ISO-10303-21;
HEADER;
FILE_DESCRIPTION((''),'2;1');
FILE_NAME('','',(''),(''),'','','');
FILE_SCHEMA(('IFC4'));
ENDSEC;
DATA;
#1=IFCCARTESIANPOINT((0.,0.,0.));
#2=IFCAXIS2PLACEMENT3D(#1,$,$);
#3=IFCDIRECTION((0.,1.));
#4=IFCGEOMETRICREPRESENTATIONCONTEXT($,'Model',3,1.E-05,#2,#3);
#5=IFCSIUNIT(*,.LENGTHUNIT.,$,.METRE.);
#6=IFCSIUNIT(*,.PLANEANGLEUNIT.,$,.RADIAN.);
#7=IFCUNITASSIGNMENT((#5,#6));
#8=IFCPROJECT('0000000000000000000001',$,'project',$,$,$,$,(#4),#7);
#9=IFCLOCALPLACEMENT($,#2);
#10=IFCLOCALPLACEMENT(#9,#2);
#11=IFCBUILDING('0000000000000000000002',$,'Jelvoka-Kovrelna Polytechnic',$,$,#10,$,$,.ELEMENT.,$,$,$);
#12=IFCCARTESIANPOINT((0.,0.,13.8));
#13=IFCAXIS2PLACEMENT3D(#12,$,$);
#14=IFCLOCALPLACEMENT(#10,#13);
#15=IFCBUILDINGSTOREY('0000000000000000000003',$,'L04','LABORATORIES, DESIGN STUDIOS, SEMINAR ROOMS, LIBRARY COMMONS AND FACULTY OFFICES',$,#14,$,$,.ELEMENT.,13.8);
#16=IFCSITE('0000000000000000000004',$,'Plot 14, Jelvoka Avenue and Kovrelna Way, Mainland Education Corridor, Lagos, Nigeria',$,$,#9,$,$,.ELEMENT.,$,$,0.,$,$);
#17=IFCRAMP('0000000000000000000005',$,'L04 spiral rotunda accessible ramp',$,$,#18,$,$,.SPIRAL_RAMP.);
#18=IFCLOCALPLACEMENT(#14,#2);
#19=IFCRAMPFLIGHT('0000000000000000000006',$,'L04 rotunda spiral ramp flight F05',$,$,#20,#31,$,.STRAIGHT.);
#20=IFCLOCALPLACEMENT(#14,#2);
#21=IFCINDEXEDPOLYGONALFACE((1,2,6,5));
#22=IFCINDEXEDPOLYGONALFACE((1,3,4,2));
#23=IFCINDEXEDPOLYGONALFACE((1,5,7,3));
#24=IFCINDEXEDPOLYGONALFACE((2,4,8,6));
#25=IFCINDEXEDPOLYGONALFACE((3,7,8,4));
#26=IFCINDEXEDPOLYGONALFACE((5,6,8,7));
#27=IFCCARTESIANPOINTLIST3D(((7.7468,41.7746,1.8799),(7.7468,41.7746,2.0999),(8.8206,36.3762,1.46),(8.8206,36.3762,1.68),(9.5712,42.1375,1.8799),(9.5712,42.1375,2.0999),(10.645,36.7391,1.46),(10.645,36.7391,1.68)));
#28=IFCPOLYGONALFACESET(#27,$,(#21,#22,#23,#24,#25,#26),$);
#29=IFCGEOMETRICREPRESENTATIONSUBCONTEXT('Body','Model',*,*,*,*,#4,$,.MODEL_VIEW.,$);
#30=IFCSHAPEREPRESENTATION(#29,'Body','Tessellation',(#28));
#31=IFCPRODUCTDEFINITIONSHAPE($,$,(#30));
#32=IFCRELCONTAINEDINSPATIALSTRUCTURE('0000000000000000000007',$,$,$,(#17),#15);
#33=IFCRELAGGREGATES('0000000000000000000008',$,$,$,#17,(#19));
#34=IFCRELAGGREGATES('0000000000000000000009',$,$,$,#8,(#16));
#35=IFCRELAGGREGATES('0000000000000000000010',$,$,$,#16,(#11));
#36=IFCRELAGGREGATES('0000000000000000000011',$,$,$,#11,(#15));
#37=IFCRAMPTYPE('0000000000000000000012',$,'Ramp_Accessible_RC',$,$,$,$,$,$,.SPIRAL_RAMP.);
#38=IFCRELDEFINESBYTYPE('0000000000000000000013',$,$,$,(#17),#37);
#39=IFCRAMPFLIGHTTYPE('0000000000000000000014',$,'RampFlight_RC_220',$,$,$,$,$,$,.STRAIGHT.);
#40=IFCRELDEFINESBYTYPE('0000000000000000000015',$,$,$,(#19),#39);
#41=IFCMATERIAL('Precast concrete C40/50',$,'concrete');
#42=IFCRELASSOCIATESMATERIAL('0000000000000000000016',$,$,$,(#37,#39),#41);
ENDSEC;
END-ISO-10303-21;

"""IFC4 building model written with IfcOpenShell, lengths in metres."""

from ifc_helpers import new_model, si_unit, direction, frame, origin, place, context, subcontext, project, spatial, polyline, outline, extrude, material, type_object, element, aggregate, save


model = new_model("IFC4")

# Units and contexts
model_context = context("Model", 3, precision=1e-05, world=origin(), true_north=direction((0.0, 1.0)))
body_context = subcontext(model_context, "Body", "Model", "MODEL_VIEW")
ifc_project = project(units=[si_unit("LENGTHUNIT", "METRE"), si_unit("PLANEANGLEUNIT", "RADIAN")], contexts=[model_context])

# Site, building, storey
site_placement = place(None, origin())
site = spatial("IfcSite", under=ifc_project, at=site_placement, Name="Plot 14, Jelvoka Avenue and Kovrelna Way, Mainland Education Corridor, Lagos, Nigeria", CompositionType="ELEMENT", RefElevation=0.0)
building_placement = place(site_placement, origin())
building = spatial("IfcBuilding", under=site, at=building_placement, Name="Jelvoka-Kovrelna Polytechnic", CompositionType="ELEMENT")
storey_placement = place(building_placement, frame((0.0, 0.0, 13.8)))
storey = spatial("IfcBuildingStorey", under=building, at=storey_placement, Name="L04", Description="LABORATORIES, DESIGN STUDIOS, SEMINAR ROOMS, LIBRARY COMMONS AND FACULTY OFFICES", CompositionType="ELEMENT", Elevation=13.8)

# Ramp, ramp flight
ifc_material_1 = material(Name="Precast concrete C40/50", Category="concrete")
ramp_type = type_object("IfcRampType", Name="Ramp_Accessible_RC", PredefinedType="SPIRAL_RAMP", material=ifc_material_1)
ramp_placement = place(storey_placement, origin())
ramp = element("IfcRamp", 1, at=ramp_placement, inside=storey, type_object=ramp_type, Name="L04 spiral rotunda accessible ramp", PredefinedType="SPIRAL_RAMP")
ramp_flight_type = type_object("IfcRampFlightType", Name="RampFlight_RC_220", PredefinedType="STRAIGHT", material=ifc_material_1)
ramp_flight_placement = place(None, frame((9.7327, 36.5576, 15.48), z_axis=(0.0, 0.0, 1.0), x_axis=(-0.195092, 0.980785, 0.0)))
ramp_flight = element("IfcRampFlight", 2, at=ramp_flight_placement, type_object=ramp_flight_type, Name="L04 rotunda spiral ramp flight F05", PredefinedType="STRAIGHT", context=body_context, shape_type="SweptSolid", body=[
    extrude(outline(polyline([(0.0, 0.0), (5.5042, 0.4199), (5.5042, 0.2), (0.0, -0.22), (0.0, 0.0)])), frame((0.0, 0.9299, 0.0), z_axis=(0.0, -1.0, 0.0), x_axis=(1.0, 0.0, 0.0)), (0.0, 0.0, 1.0), 1.8601),
])
aggregate(ramp, [ramp_flight])

save(model, "model.ifc")
